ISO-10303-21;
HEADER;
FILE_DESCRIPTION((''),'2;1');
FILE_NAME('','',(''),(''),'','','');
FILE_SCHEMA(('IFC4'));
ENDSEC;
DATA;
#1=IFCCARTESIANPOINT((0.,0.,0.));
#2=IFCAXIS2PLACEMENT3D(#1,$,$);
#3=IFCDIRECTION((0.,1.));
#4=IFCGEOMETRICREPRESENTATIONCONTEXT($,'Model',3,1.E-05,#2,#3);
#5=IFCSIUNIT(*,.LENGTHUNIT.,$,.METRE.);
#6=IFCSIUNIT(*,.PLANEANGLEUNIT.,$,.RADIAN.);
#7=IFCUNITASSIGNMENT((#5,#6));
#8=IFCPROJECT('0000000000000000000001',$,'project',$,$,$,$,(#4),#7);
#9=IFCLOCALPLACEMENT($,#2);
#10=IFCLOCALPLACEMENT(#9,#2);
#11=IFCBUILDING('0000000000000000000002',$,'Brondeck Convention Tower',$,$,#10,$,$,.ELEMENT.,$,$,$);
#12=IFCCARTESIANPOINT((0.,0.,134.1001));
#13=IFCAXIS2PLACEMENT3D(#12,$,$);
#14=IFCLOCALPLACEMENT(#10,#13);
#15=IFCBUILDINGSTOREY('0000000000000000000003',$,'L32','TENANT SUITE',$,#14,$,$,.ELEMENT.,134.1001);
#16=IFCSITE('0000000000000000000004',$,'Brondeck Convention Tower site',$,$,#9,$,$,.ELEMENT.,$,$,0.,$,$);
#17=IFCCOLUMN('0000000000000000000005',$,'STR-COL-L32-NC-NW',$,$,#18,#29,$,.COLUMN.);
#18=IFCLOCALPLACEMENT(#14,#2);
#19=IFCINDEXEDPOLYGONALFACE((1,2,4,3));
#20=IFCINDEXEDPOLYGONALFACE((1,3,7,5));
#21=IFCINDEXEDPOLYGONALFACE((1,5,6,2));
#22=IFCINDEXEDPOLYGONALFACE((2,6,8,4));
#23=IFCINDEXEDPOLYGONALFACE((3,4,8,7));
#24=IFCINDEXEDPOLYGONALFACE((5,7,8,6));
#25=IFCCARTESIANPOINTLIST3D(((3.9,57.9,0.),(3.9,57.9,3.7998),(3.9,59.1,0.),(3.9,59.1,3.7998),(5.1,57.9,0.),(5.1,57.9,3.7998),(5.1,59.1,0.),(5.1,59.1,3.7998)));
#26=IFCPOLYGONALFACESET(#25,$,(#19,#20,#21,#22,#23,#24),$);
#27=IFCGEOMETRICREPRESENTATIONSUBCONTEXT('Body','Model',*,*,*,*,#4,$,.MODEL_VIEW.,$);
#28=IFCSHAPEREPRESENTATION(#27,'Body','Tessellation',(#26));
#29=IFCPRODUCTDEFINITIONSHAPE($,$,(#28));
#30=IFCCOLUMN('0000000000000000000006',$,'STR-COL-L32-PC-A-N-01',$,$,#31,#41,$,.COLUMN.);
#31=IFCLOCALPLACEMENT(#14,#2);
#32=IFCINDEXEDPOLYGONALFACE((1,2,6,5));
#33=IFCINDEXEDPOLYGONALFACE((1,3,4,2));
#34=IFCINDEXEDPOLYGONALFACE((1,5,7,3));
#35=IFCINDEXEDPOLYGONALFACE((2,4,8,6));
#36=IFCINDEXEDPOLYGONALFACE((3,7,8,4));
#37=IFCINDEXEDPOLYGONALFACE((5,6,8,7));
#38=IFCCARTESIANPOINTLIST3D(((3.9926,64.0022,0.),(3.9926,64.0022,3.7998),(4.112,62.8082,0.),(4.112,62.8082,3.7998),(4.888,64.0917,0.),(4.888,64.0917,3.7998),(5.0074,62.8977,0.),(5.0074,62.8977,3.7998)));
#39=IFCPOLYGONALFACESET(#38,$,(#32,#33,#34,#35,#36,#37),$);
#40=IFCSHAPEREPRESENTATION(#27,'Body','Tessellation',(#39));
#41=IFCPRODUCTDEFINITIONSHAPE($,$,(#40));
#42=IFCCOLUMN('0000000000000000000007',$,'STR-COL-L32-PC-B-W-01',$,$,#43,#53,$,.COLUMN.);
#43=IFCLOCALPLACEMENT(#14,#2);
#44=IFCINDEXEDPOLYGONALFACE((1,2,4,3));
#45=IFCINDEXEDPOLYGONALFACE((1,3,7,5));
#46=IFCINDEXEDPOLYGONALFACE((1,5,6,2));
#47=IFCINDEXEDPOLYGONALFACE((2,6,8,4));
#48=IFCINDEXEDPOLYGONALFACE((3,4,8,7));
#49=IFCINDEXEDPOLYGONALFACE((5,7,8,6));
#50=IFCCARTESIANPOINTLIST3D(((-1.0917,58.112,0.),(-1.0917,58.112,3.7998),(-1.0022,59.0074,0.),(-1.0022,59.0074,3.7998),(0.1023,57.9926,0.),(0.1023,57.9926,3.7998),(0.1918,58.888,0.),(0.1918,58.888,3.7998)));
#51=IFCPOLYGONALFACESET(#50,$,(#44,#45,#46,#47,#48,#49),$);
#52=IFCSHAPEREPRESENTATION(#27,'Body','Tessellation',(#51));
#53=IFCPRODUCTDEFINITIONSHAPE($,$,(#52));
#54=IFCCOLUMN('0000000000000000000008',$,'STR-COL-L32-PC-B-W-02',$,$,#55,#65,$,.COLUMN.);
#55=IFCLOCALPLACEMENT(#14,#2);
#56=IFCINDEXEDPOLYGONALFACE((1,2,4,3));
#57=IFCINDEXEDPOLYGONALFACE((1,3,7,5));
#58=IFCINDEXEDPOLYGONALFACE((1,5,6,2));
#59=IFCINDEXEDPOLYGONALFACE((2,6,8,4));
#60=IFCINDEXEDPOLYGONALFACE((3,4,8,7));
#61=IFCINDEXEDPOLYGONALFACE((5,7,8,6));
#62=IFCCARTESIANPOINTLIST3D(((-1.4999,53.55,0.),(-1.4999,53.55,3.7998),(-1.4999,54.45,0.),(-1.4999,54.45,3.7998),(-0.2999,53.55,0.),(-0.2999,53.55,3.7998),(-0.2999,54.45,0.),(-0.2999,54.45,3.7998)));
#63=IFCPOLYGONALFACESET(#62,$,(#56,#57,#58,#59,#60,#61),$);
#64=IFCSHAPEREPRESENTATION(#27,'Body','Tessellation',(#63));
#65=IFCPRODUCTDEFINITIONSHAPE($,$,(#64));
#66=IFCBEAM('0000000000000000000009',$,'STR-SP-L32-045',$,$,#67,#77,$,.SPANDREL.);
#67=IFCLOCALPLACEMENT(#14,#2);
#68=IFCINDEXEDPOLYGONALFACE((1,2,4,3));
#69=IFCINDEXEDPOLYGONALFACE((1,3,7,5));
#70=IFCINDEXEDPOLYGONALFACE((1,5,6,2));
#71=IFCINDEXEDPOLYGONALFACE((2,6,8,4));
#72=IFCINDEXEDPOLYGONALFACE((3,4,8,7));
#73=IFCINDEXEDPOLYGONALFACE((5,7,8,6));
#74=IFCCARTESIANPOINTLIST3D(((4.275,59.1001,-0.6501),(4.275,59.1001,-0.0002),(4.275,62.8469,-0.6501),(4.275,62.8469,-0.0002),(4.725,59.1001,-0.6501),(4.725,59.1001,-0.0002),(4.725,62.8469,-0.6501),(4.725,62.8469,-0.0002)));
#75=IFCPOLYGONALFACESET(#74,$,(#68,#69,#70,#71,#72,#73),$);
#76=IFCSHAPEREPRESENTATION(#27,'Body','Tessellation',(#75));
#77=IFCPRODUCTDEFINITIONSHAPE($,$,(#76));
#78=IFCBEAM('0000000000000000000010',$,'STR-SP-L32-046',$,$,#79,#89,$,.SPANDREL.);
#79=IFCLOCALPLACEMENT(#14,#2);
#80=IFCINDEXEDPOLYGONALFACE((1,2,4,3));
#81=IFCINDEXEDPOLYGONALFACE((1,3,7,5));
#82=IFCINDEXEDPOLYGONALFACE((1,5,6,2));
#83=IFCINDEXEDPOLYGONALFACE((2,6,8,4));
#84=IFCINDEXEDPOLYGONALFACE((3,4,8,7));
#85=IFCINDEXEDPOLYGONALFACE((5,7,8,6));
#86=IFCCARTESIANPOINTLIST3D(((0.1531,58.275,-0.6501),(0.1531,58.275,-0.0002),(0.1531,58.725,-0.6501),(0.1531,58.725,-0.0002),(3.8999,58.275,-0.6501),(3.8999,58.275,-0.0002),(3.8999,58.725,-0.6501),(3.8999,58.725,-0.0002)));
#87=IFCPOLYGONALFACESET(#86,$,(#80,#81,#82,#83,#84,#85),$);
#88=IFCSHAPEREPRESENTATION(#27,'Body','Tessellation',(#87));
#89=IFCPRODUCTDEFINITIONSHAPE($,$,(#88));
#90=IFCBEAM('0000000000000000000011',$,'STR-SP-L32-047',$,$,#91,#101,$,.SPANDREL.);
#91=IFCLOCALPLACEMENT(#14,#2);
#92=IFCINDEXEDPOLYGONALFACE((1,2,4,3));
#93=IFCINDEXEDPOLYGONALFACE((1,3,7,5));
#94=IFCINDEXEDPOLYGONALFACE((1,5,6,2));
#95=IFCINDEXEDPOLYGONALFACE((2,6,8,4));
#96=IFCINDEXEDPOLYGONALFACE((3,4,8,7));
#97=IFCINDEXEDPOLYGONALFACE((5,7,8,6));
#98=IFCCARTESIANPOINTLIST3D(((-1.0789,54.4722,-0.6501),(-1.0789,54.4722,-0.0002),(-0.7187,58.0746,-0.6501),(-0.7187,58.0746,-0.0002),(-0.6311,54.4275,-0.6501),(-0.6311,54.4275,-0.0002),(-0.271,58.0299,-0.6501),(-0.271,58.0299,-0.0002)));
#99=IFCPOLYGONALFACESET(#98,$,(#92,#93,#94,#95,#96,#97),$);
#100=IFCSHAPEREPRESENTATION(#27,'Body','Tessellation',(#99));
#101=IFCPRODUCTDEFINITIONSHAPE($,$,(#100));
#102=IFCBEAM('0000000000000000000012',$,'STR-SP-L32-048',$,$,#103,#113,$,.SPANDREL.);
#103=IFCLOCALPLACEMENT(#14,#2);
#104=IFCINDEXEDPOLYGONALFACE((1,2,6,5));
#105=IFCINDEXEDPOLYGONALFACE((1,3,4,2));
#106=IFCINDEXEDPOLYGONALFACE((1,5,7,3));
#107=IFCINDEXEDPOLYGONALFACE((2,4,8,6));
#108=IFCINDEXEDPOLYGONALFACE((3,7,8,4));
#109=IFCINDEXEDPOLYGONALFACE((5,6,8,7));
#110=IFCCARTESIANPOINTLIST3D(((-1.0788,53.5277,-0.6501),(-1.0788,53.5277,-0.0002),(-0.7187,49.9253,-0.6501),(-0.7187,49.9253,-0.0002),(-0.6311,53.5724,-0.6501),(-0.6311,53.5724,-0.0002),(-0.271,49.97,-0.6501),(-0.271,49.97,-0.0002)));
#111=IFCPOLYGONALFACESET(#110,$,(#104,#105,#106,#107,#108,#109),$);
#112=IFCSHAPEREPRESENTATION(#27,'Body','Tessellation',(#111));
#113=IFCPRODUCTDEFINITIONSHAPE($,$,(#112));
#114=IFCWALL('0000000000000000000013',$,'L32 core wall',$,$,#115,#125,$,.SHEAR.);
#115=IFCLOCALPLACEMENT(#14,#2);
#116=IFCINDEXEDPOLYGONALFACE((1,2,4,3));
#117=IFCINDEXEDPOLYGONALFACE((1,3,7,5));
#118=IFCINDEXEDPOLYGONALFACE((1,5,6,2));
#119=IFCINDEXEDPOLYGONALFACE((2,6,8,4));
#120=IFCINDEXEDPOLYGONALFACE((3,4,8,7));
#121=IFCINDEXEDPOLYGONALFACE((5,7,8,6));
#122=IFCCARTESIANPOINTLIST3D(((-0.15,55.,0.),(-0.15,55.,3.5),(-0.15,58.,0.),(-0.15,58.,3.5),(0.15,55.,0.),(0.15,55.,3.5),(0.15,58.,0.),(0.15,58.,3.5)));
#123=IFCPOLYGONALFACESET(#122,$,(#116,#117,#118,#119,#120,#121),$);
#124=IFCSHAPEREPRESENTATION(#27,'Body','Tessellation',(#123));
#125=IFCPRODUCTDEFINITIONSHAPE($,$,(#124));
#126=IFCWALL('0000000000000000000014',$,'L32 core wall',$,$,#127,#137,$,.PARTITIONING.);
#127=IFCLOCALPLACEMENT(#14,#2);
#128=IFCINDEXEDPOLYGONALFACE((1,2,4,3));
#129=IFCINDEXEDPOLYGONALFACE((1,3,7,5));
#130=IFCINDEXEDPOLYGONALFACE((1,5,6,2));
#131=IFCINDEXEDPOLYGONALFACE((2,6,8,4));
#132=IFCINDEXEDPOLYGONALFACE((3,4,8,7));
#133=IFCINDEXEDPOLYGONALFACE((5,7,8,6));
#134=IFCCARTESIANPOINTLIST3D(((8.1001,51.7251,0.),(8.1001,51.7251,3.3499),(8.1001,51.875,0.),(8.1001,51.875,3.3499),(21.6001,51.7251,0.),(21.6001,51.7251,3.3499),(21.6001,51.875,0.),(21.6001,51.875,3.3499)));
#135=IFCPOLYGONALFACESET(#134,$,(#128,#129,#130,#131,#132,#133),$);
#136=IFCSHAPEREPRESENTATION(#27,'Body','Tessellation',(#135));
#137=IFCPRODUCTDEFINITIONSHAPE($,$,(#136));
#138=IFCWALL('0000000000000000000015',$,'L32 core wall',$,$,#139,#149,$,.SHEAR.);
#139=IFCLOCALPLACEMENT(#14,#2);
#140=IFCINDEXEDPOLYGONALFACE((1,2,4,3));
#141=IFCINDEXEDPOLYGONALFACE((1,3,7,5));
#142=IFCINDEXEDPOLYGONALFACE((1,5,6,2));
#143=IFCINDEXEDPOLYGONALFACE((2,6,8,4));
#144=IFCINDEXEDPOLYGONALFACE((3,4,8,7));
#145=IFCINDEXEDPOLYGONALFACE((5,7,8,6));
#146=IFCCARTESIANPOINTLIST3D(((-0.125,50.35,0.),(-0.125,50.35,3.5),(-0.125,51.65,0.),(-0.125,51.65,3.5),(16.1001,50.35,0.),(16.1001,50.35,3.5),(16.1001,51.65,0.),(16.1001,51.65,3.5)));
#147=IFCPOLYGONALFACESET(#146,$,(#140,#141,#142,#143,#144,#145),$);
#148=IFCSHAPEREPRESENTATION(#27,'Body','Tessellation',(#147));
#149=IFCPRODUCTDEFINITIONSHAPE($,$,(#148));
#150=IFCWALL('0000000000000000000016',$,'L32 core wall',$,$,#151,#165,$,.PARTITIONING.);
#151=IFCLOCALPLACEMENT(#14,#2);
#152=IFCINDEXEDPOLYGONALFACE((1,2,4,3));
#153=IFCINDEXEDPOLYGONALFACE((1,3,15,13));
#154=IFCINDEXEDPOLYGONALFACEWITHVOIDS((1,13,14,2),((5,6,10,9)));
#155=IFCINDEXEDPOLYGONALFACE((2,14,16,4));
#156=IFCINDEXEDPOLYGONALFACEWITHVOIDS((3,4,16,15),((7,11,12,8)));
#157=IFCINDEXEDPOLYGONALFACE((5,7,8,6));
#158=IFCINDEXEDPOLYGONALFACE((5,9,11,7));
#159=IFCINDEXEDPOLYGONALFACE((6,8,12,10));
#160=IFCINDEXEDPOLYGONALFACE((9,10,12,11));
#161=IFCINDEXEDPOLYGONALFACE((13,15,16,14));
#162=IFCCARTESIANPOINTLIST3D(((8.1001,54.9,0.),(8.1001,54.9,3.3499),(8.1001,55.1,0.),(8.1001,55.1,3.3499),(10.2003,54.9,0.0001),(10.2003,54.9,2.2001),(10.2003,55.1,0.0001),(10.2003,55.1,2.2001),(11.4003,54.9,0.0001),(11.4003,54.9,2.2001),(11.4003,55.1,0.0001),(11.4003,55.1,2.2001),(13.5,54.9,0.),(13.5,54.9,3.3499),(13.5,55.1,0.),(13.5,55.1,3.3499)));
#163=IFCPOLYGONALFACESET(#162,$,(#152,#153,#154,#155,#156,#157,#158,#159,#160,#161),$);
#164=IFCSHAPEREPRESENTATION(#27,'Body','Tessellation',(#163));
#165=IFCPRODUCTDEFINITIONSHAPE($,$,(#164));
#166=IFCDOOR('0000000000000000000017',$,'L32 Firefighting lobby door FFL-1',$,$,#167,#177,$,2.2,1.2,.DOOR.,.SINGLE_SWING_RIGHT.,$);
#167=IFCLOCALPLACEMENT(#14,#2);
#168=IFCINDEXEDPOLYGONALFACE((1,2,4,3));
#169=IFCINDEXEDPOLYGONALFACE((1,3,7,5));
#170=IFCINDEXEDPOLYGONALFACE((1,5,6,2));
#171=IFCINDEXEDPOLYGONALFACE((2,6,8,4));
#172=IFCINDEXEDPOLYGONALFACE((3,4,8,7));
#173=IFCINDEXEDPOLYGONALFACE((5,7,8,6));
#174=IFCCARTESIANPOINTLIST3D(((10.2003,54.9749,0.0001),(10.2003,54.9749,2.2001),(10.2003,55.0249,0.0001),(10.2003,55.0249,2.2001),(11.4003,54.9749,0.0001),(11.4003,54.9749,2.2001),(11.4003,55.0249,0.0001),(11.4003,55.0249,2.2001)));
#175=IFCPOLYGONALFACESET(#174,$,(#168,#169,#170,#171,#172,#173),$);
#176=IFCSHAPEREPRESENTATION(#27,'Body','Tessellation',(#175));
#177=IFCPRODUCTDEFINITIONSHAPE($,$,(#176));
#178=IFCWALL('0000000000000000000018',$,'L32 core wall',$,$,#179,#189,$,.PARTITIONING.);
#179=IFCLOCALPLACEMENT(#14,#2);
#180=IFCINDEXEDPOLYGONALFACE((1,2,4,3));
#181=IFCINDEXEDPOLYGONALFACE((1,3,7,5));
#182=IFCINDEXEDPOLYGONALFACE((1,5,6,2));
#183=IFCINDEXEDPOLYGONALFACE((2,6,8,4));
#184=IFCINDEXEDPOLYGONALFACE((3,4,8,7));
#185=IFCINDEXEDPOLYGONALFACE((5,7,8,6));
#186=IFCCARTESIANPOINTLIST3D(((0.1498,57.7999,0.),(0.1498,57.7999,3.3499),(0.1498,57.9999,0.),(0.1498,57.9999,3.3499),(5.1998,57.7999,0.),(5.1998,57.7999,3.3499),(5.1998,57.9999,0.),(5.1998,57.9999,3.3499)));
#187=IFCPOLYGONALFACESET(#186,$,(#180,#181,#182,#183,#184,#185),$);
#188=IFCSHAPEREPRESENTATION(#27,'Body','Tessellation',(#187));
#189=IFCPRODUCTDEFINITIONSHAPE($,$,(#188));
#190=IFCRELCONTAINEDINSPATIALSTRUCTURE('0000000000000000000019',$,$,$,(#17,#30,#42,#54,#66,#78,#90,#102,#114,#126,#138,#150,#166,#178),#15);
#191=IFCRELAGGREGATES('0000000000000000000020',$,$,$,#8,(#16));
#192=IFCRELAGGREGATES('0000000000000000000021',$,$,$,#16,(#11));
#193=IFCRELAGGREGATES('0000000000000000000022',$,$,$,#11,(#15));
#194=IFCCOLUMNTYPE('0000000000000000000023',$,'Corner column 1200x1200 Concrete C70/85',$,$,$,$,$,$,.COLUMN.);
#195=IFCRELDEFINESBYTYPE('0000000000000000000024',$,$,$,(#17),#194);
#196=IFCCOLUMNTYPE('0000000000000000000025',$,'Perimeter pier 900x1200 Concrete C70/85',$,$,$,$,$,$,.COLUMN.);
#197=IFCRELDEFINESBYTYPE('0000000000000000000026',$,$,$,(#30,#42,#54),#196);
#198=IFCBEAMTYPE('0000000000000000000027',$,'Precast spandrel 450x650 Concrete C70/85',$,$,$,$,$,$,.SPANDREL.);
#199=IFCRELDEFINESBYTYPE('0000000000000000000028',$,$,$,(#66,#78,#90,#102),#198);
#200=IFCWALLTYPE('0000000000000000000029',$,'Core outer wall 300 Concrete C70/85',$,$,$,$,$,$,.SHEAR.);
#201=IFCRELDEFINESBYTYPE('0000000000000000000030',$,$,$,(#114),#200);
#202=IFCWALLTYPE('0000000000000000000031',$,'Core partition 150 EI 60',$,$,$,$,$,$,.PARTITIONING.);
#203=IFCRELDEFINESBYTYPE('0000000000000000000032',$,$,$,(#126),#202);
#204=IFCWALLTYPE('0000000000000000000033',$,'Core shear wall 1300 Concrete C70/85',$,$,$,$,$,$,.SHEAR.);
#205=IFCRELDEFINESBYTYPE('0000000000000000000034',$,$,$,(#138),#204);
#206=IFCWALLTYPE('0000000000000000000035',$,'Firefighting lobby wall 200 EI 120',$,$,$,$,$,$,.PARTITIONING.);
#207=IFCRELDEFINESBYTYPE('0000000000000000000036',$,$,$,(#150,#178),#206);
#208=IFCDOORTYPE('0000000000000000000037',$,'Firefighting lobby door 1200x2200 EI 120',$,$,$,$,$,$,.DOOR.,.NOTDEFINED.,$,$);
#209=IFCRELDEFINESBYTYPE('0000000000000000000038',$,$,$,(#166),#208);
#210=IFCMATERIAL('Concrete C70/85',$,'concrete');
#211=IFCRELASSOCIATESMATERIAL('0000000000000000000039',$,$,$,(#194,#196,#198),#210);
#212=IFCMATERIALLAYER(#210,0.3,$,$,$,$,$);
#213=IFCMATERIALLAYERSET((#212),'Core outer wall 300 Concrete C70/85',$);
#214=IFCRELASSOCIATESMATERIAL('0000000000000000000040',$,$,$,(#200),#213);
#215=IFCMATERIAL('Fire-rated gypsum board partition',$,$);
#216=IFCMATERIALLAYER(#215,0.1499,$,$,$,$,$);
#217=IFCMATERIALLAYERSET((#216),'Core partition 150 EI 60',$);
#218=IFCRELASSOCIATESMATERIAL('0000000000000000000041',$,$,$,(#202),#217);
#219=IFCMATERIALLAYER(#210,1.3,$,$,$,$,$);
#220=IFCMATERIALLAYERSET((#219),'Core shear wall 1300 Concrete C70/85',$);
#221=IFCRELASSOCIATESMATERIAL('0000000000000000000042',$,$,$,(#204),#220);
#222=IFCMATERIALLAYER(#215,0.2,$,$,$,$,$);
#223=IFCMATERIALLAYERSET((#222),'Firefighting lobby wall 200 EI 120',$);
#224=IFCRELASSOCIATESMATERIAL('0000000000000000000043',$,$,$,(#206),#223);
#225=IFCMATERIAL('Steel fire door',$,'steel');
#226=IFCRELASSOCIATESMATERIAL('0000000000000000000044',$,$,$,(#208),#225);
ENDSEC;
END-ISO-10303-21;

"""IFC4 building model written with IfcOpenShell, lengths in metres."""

from ifc_helpers import new_model, si_unit, direction, frame, frame_2d, origin, origin_2d, place, context, subcontext, project, spatial, rectangle, extrude, material, layer, layer_set, material_profile, profile_set, type_object, element, fill, save


model = new_model("IFC4")

# Units and contexts
model_context = context("Model", 3, precision=1e-05, world=origin(), true_north=direction((0.0, 1.0)))
body_context = subcontext(model_context, "Body", "Model", "MODEL_VIEW")
ifc_project = project(units=[si_unit("LENGTHUNIT", "METRE"), si_unit("PLANEANGLEUNIT", "RADIAN")], contexts=[model_context])

# Site, building, storey
site_placement = place(None, origin())
site = spatial("IfcSite", under=ifc_project, at=site_placement, Name="Brondeck Convention Tower site", CompositionType="ELEMENT", RefElevation=0.0)
building_placement = place(site_placement, origin())
building = spatial("IfcBuilding", under=site, at=building_placement, Name="Brondeck Convention Tower", CompositionType="ELEMENT")
storey_placement = place(building_placement, frame((0.0, 0.0, 134.1001)))
storey = spatial("IfcBuildingStorey", under=building, at=storey_placement, Name="L32", Description="TENANT SUITE", CompositionType="ELEMENT", Elevation=134.1001)

# Columns
ifc_material_1 = material(Name="Concrete C70/85", Category="concrete")
ifc_material_profile_1 = material_profile(ifc_material_1, rectangle(XDim=1.2, YDim=1.2, at=origin_2d()), Name="Corner column 1200x1200 Concrete C70/85")
ifc_profile_set_1 = profile_set([ifc_material_profile_1], Name="Concrete C70/85")
column_type_1 = type_object("IfcColumnType", Name="Corner column 1200x1200 Concrete C70/85", PredefinedType="COLUMN", material=ifc_profile_set_1)
column_placement = place(storey_placement, frame((4.5, 58.5, 0.0), z_axis=(0.0, 0.0, 1.0), x_axis=(1.0, 0.0, 0.0)))
element("IfcColumn", 1, at=column_placement, inside=storey, type_object=column_type_1, Name="STR-COL-L32-NC-NW", PredefinedType="COLUMN", context=body_context, shape_type="SweptSolid", body=[
    extrude(rectangle(XDim=1.2, YDim=1.2, at=origin_2d()), origin(), (0.0, 0.0, 1.0), 3.7998),
])
ifc_material_profile_2 = material_profile(ifc_material_1, rectangle(XDim=0.8999, YDim=1.2, at=origin_2d()), Name="Perimeter pier 900x1200 Concrete C70/85")
ifc_profile_set_2 = profile_set([ifc_material_profile_2], Name="Concrete C70/85")
column_type_2 = type_object("IfcColumnType", Name="Perimeter pier 900x1200 Concrete C70/85", PredefinedType="COLUMN", material=ifc_profile_set_2)
for number, where, z_axis, x_axis, name in (
    (2, (4.5, 63.45, 0.0), (0.0, 0.0, 1.0), (-0.995037, -0.099504, 0.0), "STR-COL-L32-PC-A-N-01"),
    (3, (-0.45, 58.5, 0.0), (0.0, 0.0, 1.0), (-0.099504, -0.995037, 0.0), "STR-COL-L32-PC-B-W-01"),
    (4, (-0.8999, 54.0, 0.0), (0.0, 0.0, 1.0), (0.0, -1.0, 0.0), "STR-COL-L32-PC-B-W-02"),
):
    element("IfcColumn", number, at=place(storey_placement, frame(where, z_axis=z_axis, x_axis=x_axis)), inside=storey, type_object=column_type_2, Name=name, PredefinedType="COLUMN", context=body_context, shape_type="SweptSolid", body=[
        extrude(rectangle(XDim=0.8999, YDim=1.2, at=origin_2d()), origin(), (0.0, 0.0, 1.0), 3.7998),
    ])

# Beams
ifc_material_profile_3 = material_profile(ifc_material_1, rectangle(XDim=0.45, YDim=0.6499, at=origin_2d()), Name="Precast spandrel 450x650 Concrete C70/85")
ifc_profile_set_3 = profile_set([ifc_material_profile_3], Name="Concrete C70/85")
beam_type = type_object("IfcBeamType", Name="Precast spandrel 450x650 Concrete C70/85", PredefinedType="SPANDREL", material=ifc_profile_set_3)
for number, where, z_axis, x_axis, name in (
    (5, (4.5, 62.8469, -0.3252), (0.0, -1.0, 0.0), (1.0, 0.0, 0.0), "STR-SP-L32-045"),
    (6, (3.8999, 58.5, -0.3252), (-1.0, 0.0, 0.0), (0.0, -1.0, 0.0), "STR-SP-L32-046"),
):
    element("IfcBeam", number, at=place(storey_placement, frame(where, z_axis=z_axis, x_axis=x_axis)), inside=storey, type_object=beam_type, Name=name, PredefinedType="SPANDREL", context=body_context, shape_type="SweptSolid", body=[
        extrude(rectangle(XDim=0.45, YDim=0.6499, at=origin_2d()), origin(), (0.0, 0.0, 1.0), 3.7468),
    ])
for number, where, z_axis, x_axis, name in (
    (7, (-0.4949, 58.0522, -0.3252), (-0.09947, -0.995041, 0.0), (0.995041, -0.09947, 0.0), "STR-SP-L32-047"),
    (8, (-0.855, 53.55, -0.3252), (0.09947, -0.995041, 0.0), (0.995041, 0.09947, 0.0), "STR-SP-L32-048"),
):
    element("IfcBeam", number, at=place(storey_placement, frame(where, z_axis=z_axis, x_axis=x_axis)), inside=storey, type_object=beam_type, Name=name, PredefinedType="SPANDREL", context=body_context, shape_type="SweptSolid", body=[
        extrude(rectangle(XDim=0.45, YDim=0.6499, at=origin_2d()), origin(), (0.0, 0.0, 1.0), 3.6204),
    ])

# Walls
ifc_layer_1 = layer(ifc_material_1, 0.3)
ifc_layer_set_1 = layer_set([ifc_layer_1], Name="Core outer wall 300 Concrete C70/85")
wall_type_1 = type_object("IfcWallType", Name="Core outer wall 300 Concrete C70/85", PredefinedType="SHEAR", material=ifc_layer_set_1)
wall_1_placement = place(storey_placement, frame((0.0, 55.0, 0.0), z_axis=(0.0, 0.0, 1.0), x_axis=(0.0, 1.0, 0.0)))
element("IfcWall", 9, at=wall_1_placement, inside=storey, type_object=wall_type_1, Name="L32 core wall", PredefinedType="SHEAR", context=body_context, shape_type="SweptSolid", body=[
    extrude(rectangle(XDim=3.0, YDim=0.3, at=frame_2d((1.5, 0.0))), origin(), (0.0, 0.0, 1.0), 3.5),
])
ifc_material_2 = material(Name="Fire-rated gypsum board partition")
ifc_layer_2 = layer(ifc_material_2, 0.1499)
ifc_layer_set_2 = layer_set([ifc_layer_2], Name="Core partition 150 EI 60")
wall_type_2 = type_object("IfcWallType", Name="Core partition 150 EI 60", PredefinedType="PARTITIONING", material=ifc_layer_set_2)
wall_2_placement = place(storey_placement, frame((8.1001, 51.8, 0.0), z_axis=(0.0, 0.0, 1.0), x_axis=(1.0, 0.0, 0.0)))
element("IfcWall", 10, at=wall_2_placement, inside=storey, type_object=wall_type_2, Name="L32 core wall", PredefinedType="PARTITIONING", context=body_context, shape_type="SweptSolid", body=[
    extrude(rectangle(XDim=13.5, YDim=0.1499, at=frame_2d((6.75, 0.0))), origin(), (0.0, 0.0, 1.0), 3.3499),
])
ifc_layer_3 = layer(ifc_material_1, 1.3)
ifc_layer_set_3 = layer_set([ifc_layer_3], Name="Core shear wall 1300 Concrete C70/85")
wall_type_3 = type_object("IfcWallType", Name="Core shear wall 1300 Concrete C70/85", PredefinedType="SHEAR", material=ifc_layer_set_3)
wall_3_placement = place(storey_placement, frame((-0.125, 51.0, 0.0), z_axis=(0.0, 0.0, 1.0), x_axis=(1.0, 0.0, 0.0)))
element("IfcWall", 11, at=wall_3_placement, inside=storey, type_object=wall_type_3, Name="L32 core wall", PredefinedType="SHEAR", context=body_context, shape_type="SweptSolid", body=[
    extrude(rectangle(XDim=16.2251, YDim=1.3, at=frame_2d((8.1125, 0.0))), origin(), (0.0, 0.0, 1.0), 3.5),
])

# Wall, opening, door
ifc_layer_4 = layer(ifc_material_2, 0.2)
ifc_layer_set_4 = layer_set([ifc_layer_4], Name="Firefighting lobby wall 200 EI 120")
wall_type_4 = type_object("IfcWallType", Name="Firefighting lobby wall 200 EI 120", PredefinedType="PARTITIONING", material=ifc_layer_set_4)
wall_4_placement = place(storey_placement, frame((8.1001, 55.0, 0.0), z_axis=(0.0, 0.0, 1.0), x_axis=(1.0, 0.0, 0.0)))
wall_4 = element("IfcWall", 12, at=wall_4_placement, inside=storey, type_object=wall_type_4, Name="L32 core wall", PredefinedType="PARTITIONING", context=body_context, shape_type="SweptSolid", body=[
    extrude(rectangle(XDim=5.3999, YDim=0.2, at=frame_2d((2.7, 0.0))), origin(), (0.0, 0.0, 1.0), 3.3499),
])
opening_1_placement = place(wall_4_placement, frame((2.1001, 0.0, 0.0)))
opening_1 = element("IfcOpeningElement", 13, at=opening_1_placement, cuts=wall_4, PredefinedType="OPENING", context=body_context, shape_type="SweptSolid", body=[
    extrude(rectangle(XDim=1.2, YDim=2.2, at=frame_2d((0.6001, 1.1001))), frame((0.0, 0.1099, 0.0), z_axis=(0.0, -1.0, 0.0), x_axis=(1.0, 0.0, 0.0)), (0.0, 0.0, 1.0), 0.22),
])
ifc_material_3 = material(Name="Steel fire door", Category="steel")
door_type_1 = type_object("IfcDoorType", Name="Firefighting lobby door 1200x2200 EI 120", OperationType="NOTDEFINED", PredefinedType="DOOR", material=ifc_material_3)
door_1_placement = place(opening_1_placement, origin())
door_1 = element("IfcDoor", 14, at=door_1_placement, inside=storey, type_object=door_type_1, Name="L32 Firefighting lobby door FFL-1", OperationType="SINGLE_SWING_RIGHT", OverallHeight=2.2, OverallWidth=1.2, PredefinedType="DOOR", context=body_context, shape_type="SweptSolid", body=[
    extrude(rectangle(XDim=1.2, YDim=2.2, at=frame_2d((0.6001, 1.1001))), frame((0.0, 0.0249, 0.0), z_axis=(0.0, -1.0, 0.0), x_axis=(1.0, 0.0, 0.0)), (0.0, 0.0, 1.0), 0.05),
])
fill(opening_1, door_1)

# Wall
wall_5_placement = place(storey_placement, frame((0.1499, 57.8999, 0.0), z_axis=(0.0, 0.0, 1.0), x_axis=(1.0, 0.0, 0.0)))
element("IfcWall", 15, at=wall_5_placement, inside=storey, type_object=wall_type_4, Name="L32 core wall", PredefinedType="PARTITIONING", context=body_context, shape_type="SweptSolid", body=[
    extrude(rectangle(XDim=5.05, YDim=0.2, at=frame_2d((2.5249, 0.0))), origin(), (0.0, 0.0, 1.0), 3.3499),
])

save(model, "model.ifc")
